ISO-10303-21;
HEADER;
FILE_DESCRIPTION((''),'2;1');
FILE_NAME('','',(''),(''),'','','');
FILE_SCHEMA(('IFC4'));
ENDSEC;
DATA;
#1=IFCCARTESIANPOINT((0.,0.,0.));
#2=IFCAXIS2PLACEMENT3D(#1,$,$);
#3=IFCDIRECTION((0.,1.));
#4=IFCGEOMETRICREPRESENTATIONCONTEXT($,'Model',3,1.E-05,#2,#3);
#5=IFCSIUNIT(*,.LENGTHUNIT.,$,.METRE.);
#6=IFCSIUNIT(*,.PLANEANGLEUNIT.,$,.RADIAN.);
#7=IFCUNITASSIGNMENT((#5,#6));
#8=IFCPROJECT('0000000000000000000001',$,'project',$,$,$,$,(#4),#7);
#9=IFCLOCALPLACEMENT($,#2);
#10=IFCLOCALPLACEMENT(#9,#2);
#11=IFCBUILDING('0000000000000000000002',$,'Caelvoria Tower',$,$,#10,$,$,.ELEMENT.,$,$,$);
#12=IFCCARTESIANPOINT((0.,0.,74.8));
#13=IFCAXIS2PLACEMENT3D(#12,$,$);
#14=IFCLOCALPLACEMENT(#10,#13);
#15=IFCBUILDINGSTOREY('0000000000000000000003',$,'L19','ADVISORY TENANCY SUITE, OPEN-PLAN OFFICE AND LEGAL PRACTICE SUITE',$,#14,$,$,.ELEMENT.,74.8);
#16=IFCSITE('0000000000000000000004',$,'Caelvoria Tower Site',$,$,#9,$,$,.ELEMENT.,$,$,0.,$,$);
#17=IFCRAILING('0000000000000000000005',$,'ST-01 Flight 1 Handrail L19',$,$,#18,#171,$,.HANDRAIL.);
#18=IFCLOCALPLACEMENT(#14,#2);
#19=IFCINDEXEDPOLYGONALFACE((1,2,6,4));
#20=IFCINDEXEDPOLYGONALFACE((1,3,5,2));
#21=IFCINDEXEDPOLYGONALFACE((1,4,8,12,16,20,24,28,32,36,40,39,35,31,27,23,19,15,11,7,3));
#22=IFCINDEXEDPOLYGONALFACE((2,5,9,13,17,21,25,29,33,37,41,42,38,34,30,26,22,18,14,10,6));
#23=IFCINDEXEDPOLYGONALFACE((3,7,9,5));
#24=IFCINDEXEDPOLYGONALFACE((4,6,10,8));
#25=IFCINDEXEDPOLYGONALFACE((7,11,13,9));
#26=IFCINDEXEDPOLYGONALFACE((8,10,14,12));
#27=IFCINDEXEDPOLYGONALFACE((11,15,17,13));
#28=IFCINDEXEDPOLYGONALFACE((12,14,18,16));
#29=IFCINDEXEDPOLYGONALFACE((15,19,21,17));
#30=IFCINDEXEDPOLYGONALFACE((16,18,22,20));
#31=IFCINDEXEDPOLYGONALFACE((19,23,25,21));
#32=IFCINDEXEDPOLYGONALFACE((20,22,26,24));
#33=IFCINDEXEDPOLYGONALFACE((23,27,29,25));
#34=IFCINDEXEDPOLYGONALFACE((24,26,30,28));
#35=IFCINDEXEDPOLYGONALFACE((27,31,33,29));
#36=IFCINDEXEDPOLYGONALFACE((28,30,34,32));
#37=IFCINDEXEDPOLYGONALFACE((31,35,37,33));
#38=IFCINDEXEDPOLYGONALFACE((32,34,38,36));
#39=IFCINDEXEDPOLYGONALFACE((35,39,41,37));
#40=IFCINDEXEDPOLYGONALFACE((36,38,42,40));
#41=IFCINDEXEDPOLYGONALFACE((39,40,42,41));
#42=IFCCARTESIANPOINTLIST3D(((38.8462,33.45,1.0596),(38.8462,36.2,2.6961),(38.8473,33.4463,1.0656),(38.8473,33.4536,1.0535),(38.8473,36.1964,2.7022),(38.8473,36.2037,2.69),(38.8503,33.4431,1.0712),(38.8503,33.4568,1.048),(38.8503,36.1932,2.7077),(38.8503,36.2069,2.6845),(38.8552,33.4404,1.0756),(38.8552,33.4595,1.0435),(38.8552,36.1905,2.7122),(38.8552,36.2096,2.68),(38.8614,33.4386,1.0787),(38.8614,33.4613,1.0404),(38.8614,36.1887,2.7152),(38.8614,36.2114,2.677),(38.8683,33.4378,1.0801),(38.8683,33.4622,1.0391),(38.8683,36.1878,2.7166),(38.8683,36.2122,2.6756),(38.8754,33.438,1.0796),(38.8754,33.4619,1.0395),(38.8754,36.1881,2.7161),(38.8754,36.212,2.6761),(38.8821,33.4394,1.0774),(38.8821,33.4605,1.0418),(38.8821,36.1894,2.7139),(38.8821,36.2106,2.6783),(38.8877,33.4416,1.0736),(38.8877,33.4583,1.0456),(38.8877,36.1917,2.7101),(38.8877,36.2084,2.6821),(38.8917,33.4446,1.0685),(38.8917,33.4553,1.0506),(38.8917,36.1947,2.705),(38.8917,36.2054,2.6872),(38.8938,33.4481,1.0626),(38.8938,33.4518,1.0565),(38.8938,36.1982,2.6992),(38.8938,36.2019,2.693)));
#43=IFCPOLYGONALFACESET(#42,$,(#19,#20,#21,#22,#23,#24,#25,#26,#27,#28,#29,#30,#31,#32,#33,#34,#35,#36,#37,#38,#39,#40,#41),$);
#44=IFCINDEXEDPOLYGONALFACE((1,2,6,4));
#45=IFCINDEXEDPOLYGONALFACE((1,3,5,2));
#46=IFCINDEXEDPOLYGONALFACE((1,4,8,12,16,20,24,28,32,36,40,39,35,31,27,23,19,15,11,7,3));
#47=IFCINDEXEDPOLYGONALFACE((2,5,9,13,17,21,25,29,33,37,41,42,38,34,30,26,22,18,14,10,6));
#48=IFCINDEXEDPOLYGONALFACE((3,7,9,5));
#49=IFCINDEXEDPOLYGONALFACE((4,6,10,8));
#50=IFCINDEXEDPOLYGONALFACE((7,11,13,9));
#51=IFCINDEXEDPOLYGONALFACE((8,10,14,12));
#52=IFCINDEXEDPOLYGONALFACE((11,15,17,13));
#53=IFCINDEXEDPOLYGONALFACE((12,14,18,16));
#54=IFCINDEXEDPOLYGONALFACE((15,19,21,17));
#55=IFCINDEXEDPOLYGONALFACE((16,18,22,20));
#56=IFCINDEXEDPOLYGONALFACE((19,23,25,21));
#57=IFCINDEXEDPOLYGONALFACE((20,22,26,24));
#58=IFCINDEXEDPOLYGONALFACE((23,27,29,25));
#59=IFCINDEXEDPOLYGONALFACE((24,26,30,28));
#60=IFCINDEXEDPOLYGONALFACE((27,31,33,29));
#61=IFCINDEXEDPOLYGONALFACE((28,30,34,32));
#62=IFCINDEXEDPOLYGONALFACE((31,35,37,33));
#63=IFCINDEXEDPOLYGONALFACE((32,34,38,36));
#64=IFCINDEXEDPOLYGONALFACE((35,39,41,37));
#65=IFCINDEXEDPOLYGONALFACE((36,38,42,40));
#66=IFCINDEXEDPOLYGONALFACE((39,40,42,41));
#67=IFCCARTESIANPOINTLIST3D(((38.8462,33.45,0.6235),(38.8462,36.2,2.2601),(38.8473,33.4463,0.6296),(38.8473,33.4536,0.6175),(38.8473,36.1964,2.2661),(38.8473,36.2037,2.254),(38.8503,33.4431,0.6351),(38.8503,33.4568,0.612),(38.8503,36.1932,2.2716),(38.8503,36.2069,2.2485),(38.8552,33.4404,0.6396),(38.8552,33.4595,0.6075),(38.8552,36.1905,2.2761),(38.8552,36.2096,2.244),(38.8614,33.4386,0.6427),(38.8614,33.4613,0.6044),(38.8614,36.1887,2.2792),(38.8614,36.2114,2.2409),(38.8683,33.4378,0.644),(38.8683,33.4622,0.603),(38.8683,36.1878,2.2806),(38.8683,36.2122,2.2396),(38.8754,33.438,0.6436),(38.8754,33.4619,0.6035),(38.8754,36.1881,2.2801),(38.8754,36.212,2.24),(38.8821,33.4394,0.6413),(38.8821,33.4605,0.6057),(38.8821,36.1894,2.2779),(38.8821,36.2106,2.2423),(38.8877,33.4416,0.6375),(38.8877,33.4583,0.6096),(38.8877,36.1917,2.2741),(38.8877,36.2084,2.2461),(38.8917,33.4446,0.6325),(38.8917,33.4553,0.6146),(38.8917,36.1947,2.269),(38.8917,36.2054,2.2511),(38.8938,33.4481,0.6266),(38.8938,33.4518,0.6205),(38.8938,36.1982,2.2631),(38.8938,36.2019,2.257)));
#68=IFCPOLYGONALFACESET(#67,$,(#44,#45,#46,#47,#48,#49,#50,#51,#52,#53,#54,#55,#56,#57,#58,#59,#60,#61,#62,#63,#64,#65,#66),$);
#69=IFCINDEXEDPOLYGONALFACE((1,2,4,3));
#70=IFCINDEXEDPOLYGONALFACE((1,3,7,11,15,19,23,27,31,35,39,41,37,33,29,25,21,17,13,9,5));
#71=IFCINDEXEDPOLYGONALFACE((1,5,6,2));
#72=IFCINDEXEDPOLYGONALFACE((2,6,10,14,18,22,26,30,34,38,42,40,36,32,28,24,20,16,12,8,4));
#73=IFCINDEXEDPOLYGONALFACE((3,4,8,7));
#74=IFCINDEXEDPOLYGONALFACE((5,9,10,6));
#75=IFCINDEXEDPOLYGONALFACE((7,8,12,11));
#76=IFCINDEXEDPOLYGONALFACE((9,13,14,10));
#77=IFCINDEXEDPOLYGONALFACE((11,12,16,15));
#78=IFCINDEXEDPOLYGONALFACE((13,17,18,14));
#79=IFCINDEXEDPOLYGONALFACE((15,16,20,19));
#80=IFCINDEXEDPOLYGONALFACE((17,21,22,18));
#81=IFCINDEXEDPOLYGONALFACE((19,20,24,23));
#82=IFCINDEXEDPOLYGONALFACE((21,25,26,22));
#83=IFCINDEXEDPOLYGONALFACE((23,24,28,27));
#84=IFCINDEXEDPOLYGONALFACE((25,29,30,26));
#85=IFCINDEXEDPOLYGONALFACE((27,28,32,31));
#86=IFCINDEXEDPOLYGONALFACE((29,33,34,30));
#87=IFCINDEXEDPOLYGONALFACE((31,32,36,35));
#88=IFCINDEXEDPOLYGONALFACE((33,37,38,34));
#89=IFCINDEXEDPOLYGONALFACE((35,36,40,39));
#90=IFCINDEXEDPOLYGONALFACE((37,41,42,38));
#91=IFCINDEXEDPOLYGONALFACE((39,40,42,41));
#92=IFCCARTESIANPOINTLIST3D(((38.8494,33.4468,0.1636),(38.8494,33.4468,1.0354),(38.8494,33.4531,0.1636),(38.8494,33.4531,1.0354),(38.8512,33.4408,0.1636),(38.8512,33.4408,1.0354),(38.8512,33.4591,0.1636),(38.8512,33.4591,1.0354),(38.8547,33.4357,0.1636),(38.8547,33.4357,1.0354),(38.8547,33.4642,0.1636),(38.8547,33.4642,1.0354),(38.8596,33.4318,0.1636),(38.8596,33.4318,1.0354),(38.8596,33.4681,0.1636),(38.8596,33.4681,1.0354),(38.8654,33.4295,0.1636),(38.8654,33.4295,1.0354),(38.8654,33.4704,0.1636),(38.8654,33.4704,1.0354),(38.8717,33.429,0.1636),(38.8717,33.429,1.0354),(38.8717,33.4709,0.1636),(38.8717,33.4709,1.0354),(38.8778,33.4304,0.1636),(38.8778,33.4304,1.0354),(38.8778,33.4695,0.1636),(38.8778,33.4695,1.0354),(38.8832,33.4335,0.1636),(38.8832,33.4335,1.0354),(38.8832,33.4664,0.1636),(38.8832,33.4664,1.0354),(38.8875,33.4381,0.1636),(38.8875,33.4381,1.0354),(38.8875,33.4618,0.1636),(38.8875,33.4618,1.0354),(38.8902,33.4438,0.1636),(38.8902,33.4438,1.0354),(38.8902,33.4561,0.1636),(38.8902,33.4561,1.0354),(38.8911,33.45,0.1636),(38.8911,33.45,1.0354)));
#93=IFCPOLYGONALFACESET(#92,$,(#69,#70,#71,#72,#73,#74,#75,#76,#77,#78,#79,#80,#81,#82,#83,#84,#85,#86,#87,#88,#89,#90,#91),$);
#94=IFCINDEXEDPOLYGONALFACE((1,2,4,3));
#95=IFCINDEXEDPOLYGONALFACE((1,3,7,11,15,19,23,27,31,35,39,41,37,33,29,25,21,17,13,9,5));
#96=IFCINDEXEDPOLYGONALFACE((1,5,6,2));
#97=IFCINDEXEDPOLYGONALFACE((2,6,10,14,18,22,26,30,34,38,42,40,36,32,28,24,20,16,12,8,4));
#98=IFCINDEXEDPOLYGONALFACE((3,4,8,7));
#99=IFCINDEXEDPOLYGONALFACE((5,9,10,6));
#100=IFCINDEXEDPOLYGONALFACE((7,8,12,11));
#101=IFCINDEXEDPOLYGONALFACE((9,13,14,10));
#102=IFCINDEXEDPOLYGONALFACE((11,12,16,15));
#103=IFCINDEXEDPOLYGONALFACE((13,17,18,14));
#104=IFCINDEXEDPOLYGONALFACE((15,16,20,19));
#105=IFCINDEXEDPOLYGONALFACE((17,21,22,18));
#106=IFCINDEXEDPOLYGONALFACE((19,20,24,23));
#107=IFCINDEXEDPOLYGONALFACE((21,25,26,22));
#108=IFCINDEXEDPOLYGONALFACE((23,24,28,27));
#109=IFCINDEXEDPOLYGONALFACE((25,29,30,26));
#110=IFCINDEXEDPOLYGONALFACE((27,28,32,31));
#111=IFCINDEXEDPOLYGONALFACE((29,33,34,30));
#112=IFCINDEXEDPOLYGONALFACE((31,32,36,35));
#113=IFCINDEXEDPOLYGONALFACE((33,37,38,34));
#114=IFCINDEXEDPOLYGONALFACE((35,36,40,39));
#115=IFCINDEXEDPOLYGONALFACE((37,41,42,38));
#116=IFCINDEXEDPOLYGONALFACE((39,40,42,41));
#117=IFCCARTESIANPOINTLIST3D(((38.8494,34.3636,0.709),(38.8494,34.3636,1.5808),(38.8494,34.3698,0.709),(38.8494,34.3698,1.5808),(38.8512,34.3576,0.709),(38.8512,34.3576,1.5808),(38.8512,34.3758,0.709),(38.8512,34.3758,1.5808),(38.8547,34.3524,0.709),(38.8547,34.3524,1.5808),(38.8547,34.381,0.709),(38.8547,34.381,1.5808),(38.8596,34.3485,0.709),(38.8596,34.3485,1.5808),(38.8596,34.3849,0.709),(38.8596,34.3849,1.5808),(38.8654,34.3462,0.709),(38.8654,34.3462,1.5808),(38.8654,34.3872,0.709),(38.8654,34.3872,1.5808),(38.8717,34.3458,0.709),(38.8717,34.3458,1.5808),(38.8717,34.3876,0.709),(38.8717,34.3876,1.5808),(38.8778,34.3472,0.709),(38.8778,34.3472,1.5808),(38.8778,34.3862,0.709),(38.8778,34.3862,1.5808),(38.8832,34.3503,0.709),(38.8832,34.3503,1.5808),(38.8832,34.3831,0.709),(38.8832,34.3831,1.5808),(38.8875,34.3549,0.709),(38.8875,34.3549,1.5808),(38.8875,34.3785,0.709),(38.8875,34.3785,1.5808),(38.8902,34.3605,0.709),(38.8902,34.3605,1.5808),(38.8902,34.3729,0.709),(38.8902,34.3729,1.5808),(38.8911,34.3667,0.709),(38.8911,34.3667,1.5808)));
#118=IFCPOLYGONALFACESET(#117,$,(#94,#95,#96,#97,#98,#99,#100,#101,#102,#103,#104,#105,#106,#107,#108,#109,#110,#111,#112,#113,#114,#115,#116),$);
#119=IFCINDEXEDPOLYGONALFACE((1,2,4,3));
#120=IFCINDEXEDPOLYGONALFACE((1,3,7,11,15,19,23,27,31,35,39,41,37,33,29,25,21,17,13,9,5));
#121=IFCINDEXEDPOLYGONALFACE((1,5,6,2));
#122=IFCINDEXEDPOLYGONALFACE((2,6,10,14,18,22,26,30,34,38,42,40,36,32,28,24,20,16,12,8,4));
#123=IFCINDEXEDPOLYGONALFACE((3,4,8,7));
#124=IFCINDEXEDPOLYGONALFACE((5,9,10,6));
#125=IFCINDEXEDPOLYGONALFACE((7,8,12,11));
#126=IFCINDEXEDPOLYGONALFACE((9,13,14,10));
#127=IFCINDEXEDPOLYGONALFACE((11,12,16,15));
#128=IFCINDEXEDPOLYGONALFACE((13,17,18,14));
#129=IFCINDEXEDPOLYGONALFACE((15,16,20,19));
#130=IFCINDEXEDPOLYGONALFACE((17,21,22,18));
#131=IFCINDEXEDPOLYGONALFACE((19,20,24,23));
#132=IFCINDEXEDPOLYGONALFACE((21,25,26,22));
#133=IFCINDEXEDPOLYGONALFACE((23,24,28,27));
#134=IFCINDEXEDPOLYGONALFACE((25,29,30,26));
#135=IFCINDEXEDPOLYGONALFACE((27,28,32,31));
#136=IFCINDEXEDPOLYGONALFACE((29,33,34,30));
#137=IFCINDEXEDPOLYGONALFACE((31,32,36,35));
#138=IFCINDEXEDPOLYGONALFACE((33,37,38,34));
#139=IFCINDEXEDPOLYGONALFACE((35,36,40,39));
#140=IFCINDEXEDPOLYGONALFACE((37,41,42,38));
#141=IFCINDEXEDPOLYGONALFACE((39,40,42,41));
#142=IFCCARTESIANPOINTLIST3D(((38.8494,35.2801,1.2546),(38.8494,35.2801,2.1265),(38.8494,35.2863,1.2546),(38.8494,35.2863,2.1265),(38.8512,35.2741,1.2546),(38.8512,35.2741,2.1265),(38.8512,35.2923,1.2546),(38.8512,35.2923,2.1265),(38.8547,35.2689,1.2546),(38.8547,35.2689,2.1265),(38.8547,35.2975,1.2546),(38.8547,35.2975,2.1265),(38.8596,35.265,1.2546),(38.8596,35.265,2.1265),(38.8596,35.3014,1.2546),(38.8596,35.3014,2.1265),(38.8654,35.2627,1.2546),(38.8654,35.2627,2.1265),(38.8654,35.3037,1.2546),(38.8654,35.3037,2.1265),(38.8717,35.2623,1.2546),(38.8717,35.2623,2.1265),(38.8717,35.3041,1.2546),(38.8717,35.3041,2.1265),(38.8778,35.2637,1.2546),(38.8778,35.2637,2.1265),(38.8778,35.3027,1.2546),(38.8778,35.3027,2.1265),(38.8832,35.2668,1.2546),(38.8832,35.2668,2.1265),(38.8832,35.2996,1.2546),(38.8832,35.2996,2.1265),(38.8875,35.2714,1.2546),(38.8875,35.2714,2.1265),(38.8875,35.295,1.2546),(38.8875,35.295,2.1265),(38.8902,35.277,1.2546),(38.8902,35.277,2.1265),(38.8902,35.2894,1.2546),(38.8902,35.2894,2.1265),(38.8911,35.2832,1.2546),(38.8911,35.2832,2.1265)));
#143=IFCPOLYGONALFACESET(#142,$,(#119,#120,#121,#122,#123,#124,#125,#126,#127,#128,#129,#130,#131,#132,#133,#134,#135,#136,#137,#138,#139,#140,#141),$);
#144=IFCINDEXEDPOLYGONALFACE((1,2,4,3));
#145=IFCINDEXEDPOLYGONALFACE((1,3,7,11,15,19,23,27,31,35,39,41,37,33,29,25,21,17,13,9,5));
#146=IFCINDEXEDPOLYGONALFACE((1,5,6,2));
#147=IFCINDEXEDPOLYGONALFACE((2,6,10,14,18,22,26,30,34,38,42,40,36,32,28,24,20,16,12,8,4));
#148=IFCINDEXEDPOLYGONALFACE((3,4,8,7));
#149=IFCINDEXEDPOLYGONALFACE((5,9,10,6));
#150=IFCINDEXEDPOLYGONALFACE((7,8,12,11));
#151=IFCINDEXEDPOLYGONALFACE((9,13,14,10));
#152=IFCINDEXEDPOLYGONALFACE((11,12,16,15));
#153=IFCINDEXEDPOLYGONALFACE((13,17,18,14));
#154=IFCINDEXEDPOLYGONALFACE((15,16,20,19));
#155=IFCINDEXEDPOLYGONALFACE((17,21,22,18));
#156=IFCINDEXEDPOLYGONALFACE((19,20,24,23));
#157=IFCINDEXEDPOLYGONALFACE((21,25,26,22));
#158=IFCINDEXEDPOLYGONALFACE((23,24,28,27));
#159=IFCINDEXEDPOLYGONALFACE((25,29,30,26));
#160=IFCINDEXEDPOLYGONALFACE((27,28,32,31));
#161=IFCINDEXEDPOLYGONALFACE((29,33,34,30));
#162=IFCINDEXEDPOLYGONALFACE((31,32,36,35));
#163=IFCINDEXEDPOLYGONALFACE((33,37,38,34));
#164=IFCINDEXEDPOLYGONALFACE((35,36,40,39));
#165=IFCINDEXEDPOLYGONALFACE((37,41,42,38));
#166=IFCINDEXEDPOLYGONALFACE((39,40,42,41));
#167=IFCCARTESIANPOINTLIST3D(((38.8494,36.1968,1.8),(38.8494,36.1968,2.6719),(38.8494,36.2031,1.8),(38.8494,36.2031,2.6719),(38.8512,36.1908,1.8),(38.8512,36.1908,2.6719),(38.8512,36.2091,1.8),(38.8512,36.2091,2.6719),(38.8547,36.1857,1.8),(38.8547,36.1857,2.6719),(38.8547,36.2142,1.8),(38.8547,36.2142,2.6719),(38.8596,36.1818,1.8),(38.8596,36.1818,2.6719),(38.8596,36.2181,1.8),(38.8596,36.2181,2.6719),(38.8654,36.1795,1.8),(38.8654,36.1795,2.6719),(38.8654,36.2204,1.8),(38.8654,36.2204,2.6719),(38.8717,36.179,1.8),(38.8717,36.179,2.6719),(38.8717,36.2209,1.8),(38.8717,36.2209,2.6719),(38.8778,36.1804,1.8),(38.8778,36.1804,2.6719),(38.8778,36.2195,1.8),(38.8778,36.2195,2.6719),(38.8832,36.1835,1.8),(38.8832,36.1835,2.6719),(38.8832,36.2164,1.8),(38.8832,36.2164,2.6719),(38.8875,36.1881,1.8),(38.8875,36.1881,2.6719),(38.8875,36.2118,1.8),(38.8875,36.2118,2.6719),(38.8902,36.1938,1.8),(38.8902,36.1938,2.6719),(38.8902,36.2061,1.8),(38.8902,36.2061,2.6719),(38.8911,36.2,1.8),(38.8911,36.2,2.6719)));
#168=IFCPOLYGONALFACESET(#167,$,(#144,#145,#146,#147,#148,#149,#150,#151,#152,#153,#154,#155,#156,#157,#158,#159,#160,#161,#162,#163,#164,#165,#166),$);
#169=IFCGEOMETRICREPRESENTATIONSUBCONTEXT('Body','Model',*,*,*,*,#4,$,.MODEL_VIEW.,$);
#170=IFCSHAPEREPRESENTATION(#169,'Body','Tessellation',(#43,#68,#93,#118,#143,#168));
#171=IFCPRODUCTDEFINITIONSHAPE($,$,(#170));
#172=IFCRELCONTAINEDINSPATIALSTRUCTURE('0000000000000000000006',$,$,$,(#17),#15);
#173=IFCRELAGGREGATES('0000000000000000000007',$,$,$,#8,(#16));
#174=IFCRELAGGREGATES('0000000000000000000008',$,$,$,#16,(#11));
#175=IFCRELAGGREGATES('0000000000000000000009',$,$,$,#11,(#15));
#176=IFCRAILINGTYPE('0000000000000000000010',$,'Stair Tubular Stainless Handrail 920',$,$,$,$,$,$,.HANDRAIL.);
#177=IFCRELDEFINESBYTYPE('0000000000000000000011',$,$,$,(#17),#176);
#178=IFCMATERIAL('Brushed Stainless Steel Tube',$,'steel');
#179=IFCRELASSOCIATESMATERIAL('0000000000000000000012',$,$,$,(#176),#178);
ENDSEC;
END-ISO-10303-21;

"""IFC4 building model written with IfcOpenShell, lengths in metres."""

from ifc_helpers import new_model, si_unit, direction, frame, origin, origin_2d, place, context, subcontext, project, spatial, circle, extrude, material, type_object, element, save


model = new_model("IFC4")

# Units and contexts
model_context = context("Model", 3, precision=1e-05, world=origin(), true_north=direction((0.0, 1.0)))
body_context = subcontext(model_context, "Body", "Model", "MODEL_VIEW")
ifc_project = project(units=[si_unit("LENGTHUNIT", "METRE"), si_unit("PLANEANGLEUNIT", "RADIAN")], contexts=[model_context])

# Site, building, storey
site_placement = place(None, origin())
site = spatial("IfcSite", under=ifc_project, at=site_placement, Name="Caelvoria Tower Site", CompositionType="ELEMENT", RefElevation=0.0)
building_placement = place(site_placement, origin())
building = spatial("IfcBuilding", under=site, at=building_placement, Name="Caelvoria Tower", CompositionType="ELEMENT")
storey_placement = place(building_placement, frame((0.0, 0.0, 74.8)))
storey = spatial("IfcBuildingStorey", under=building, at=storey_placement, Name="L19", Description="ADVISORY TENANCY SUITE, OPEN-PLAN OFFICE AND LEGAL PRACTICE SUITE", CompositionType="ELEMENT", Elevation=74.8)

# Railing
ifc_material_1 = material(Name="Brushed Stainless Steel Tube", Category="steel")
railing_type_1 = type_object("IfcRailingType", Name="Stair Tubular Stainless Handrail 920", PredefinedType="HANDRAIL", material=ifc_material_1)
railing_1_placement = place(storey_placement, frame((38.8701, 33.45, 0.1636)))
element("IfcRailing", 1, at=railing_1_placement, inside=storey, type_object=railing_type_1, Name="ST-01 Flight 1 Handrail L19", PredefinedType="HANDRAIL", context=body_context, shape_type="SweptSolid", body=[
    extrude(circle(Radius=0.0239, at=origin_2d()), frame((0.0, 0.0, 0.896), z_axis=(0.0, 0.859352, 0.511385), x_axis=(-1.0, 0.0, 0.0)), (0.0, 0.0, 1.0), 3.2002),
    extrude(circle(Radius=0.0239, at=origin_2d()), frame((0.0, 0.0, 0.46), z_axis=(0.0, 0.859352, 0.511385), x_axis=(-1.0, 0.0, 0.0)), (0.0, 0.0, 1.0), 3.2002),
    extrude(circle(Radius=0.021, at=origin_2d()), origin(), (0.0, 0.0, 1.0), 0.8718),
    extrude(circle(Radius=0.021, at=origin_2d()), frame((0.0, 0.9167, 0.5454)), (0.0, 0.0, 1.0), 0.8718),
    extrude(circle(Radius=0.021, at=origin_2d()), frame((0.0, 1.8333, 1.0911)), (0.0, 0.0, 1.0), 0.8718),
    extrude(circle(Radius=0.021, at=origin_2d()), frame((0.0, 2.75, 1.6365)), (0.0, 0.0, 1.0), 0.8718),
])

save(model, "model.ifc")
